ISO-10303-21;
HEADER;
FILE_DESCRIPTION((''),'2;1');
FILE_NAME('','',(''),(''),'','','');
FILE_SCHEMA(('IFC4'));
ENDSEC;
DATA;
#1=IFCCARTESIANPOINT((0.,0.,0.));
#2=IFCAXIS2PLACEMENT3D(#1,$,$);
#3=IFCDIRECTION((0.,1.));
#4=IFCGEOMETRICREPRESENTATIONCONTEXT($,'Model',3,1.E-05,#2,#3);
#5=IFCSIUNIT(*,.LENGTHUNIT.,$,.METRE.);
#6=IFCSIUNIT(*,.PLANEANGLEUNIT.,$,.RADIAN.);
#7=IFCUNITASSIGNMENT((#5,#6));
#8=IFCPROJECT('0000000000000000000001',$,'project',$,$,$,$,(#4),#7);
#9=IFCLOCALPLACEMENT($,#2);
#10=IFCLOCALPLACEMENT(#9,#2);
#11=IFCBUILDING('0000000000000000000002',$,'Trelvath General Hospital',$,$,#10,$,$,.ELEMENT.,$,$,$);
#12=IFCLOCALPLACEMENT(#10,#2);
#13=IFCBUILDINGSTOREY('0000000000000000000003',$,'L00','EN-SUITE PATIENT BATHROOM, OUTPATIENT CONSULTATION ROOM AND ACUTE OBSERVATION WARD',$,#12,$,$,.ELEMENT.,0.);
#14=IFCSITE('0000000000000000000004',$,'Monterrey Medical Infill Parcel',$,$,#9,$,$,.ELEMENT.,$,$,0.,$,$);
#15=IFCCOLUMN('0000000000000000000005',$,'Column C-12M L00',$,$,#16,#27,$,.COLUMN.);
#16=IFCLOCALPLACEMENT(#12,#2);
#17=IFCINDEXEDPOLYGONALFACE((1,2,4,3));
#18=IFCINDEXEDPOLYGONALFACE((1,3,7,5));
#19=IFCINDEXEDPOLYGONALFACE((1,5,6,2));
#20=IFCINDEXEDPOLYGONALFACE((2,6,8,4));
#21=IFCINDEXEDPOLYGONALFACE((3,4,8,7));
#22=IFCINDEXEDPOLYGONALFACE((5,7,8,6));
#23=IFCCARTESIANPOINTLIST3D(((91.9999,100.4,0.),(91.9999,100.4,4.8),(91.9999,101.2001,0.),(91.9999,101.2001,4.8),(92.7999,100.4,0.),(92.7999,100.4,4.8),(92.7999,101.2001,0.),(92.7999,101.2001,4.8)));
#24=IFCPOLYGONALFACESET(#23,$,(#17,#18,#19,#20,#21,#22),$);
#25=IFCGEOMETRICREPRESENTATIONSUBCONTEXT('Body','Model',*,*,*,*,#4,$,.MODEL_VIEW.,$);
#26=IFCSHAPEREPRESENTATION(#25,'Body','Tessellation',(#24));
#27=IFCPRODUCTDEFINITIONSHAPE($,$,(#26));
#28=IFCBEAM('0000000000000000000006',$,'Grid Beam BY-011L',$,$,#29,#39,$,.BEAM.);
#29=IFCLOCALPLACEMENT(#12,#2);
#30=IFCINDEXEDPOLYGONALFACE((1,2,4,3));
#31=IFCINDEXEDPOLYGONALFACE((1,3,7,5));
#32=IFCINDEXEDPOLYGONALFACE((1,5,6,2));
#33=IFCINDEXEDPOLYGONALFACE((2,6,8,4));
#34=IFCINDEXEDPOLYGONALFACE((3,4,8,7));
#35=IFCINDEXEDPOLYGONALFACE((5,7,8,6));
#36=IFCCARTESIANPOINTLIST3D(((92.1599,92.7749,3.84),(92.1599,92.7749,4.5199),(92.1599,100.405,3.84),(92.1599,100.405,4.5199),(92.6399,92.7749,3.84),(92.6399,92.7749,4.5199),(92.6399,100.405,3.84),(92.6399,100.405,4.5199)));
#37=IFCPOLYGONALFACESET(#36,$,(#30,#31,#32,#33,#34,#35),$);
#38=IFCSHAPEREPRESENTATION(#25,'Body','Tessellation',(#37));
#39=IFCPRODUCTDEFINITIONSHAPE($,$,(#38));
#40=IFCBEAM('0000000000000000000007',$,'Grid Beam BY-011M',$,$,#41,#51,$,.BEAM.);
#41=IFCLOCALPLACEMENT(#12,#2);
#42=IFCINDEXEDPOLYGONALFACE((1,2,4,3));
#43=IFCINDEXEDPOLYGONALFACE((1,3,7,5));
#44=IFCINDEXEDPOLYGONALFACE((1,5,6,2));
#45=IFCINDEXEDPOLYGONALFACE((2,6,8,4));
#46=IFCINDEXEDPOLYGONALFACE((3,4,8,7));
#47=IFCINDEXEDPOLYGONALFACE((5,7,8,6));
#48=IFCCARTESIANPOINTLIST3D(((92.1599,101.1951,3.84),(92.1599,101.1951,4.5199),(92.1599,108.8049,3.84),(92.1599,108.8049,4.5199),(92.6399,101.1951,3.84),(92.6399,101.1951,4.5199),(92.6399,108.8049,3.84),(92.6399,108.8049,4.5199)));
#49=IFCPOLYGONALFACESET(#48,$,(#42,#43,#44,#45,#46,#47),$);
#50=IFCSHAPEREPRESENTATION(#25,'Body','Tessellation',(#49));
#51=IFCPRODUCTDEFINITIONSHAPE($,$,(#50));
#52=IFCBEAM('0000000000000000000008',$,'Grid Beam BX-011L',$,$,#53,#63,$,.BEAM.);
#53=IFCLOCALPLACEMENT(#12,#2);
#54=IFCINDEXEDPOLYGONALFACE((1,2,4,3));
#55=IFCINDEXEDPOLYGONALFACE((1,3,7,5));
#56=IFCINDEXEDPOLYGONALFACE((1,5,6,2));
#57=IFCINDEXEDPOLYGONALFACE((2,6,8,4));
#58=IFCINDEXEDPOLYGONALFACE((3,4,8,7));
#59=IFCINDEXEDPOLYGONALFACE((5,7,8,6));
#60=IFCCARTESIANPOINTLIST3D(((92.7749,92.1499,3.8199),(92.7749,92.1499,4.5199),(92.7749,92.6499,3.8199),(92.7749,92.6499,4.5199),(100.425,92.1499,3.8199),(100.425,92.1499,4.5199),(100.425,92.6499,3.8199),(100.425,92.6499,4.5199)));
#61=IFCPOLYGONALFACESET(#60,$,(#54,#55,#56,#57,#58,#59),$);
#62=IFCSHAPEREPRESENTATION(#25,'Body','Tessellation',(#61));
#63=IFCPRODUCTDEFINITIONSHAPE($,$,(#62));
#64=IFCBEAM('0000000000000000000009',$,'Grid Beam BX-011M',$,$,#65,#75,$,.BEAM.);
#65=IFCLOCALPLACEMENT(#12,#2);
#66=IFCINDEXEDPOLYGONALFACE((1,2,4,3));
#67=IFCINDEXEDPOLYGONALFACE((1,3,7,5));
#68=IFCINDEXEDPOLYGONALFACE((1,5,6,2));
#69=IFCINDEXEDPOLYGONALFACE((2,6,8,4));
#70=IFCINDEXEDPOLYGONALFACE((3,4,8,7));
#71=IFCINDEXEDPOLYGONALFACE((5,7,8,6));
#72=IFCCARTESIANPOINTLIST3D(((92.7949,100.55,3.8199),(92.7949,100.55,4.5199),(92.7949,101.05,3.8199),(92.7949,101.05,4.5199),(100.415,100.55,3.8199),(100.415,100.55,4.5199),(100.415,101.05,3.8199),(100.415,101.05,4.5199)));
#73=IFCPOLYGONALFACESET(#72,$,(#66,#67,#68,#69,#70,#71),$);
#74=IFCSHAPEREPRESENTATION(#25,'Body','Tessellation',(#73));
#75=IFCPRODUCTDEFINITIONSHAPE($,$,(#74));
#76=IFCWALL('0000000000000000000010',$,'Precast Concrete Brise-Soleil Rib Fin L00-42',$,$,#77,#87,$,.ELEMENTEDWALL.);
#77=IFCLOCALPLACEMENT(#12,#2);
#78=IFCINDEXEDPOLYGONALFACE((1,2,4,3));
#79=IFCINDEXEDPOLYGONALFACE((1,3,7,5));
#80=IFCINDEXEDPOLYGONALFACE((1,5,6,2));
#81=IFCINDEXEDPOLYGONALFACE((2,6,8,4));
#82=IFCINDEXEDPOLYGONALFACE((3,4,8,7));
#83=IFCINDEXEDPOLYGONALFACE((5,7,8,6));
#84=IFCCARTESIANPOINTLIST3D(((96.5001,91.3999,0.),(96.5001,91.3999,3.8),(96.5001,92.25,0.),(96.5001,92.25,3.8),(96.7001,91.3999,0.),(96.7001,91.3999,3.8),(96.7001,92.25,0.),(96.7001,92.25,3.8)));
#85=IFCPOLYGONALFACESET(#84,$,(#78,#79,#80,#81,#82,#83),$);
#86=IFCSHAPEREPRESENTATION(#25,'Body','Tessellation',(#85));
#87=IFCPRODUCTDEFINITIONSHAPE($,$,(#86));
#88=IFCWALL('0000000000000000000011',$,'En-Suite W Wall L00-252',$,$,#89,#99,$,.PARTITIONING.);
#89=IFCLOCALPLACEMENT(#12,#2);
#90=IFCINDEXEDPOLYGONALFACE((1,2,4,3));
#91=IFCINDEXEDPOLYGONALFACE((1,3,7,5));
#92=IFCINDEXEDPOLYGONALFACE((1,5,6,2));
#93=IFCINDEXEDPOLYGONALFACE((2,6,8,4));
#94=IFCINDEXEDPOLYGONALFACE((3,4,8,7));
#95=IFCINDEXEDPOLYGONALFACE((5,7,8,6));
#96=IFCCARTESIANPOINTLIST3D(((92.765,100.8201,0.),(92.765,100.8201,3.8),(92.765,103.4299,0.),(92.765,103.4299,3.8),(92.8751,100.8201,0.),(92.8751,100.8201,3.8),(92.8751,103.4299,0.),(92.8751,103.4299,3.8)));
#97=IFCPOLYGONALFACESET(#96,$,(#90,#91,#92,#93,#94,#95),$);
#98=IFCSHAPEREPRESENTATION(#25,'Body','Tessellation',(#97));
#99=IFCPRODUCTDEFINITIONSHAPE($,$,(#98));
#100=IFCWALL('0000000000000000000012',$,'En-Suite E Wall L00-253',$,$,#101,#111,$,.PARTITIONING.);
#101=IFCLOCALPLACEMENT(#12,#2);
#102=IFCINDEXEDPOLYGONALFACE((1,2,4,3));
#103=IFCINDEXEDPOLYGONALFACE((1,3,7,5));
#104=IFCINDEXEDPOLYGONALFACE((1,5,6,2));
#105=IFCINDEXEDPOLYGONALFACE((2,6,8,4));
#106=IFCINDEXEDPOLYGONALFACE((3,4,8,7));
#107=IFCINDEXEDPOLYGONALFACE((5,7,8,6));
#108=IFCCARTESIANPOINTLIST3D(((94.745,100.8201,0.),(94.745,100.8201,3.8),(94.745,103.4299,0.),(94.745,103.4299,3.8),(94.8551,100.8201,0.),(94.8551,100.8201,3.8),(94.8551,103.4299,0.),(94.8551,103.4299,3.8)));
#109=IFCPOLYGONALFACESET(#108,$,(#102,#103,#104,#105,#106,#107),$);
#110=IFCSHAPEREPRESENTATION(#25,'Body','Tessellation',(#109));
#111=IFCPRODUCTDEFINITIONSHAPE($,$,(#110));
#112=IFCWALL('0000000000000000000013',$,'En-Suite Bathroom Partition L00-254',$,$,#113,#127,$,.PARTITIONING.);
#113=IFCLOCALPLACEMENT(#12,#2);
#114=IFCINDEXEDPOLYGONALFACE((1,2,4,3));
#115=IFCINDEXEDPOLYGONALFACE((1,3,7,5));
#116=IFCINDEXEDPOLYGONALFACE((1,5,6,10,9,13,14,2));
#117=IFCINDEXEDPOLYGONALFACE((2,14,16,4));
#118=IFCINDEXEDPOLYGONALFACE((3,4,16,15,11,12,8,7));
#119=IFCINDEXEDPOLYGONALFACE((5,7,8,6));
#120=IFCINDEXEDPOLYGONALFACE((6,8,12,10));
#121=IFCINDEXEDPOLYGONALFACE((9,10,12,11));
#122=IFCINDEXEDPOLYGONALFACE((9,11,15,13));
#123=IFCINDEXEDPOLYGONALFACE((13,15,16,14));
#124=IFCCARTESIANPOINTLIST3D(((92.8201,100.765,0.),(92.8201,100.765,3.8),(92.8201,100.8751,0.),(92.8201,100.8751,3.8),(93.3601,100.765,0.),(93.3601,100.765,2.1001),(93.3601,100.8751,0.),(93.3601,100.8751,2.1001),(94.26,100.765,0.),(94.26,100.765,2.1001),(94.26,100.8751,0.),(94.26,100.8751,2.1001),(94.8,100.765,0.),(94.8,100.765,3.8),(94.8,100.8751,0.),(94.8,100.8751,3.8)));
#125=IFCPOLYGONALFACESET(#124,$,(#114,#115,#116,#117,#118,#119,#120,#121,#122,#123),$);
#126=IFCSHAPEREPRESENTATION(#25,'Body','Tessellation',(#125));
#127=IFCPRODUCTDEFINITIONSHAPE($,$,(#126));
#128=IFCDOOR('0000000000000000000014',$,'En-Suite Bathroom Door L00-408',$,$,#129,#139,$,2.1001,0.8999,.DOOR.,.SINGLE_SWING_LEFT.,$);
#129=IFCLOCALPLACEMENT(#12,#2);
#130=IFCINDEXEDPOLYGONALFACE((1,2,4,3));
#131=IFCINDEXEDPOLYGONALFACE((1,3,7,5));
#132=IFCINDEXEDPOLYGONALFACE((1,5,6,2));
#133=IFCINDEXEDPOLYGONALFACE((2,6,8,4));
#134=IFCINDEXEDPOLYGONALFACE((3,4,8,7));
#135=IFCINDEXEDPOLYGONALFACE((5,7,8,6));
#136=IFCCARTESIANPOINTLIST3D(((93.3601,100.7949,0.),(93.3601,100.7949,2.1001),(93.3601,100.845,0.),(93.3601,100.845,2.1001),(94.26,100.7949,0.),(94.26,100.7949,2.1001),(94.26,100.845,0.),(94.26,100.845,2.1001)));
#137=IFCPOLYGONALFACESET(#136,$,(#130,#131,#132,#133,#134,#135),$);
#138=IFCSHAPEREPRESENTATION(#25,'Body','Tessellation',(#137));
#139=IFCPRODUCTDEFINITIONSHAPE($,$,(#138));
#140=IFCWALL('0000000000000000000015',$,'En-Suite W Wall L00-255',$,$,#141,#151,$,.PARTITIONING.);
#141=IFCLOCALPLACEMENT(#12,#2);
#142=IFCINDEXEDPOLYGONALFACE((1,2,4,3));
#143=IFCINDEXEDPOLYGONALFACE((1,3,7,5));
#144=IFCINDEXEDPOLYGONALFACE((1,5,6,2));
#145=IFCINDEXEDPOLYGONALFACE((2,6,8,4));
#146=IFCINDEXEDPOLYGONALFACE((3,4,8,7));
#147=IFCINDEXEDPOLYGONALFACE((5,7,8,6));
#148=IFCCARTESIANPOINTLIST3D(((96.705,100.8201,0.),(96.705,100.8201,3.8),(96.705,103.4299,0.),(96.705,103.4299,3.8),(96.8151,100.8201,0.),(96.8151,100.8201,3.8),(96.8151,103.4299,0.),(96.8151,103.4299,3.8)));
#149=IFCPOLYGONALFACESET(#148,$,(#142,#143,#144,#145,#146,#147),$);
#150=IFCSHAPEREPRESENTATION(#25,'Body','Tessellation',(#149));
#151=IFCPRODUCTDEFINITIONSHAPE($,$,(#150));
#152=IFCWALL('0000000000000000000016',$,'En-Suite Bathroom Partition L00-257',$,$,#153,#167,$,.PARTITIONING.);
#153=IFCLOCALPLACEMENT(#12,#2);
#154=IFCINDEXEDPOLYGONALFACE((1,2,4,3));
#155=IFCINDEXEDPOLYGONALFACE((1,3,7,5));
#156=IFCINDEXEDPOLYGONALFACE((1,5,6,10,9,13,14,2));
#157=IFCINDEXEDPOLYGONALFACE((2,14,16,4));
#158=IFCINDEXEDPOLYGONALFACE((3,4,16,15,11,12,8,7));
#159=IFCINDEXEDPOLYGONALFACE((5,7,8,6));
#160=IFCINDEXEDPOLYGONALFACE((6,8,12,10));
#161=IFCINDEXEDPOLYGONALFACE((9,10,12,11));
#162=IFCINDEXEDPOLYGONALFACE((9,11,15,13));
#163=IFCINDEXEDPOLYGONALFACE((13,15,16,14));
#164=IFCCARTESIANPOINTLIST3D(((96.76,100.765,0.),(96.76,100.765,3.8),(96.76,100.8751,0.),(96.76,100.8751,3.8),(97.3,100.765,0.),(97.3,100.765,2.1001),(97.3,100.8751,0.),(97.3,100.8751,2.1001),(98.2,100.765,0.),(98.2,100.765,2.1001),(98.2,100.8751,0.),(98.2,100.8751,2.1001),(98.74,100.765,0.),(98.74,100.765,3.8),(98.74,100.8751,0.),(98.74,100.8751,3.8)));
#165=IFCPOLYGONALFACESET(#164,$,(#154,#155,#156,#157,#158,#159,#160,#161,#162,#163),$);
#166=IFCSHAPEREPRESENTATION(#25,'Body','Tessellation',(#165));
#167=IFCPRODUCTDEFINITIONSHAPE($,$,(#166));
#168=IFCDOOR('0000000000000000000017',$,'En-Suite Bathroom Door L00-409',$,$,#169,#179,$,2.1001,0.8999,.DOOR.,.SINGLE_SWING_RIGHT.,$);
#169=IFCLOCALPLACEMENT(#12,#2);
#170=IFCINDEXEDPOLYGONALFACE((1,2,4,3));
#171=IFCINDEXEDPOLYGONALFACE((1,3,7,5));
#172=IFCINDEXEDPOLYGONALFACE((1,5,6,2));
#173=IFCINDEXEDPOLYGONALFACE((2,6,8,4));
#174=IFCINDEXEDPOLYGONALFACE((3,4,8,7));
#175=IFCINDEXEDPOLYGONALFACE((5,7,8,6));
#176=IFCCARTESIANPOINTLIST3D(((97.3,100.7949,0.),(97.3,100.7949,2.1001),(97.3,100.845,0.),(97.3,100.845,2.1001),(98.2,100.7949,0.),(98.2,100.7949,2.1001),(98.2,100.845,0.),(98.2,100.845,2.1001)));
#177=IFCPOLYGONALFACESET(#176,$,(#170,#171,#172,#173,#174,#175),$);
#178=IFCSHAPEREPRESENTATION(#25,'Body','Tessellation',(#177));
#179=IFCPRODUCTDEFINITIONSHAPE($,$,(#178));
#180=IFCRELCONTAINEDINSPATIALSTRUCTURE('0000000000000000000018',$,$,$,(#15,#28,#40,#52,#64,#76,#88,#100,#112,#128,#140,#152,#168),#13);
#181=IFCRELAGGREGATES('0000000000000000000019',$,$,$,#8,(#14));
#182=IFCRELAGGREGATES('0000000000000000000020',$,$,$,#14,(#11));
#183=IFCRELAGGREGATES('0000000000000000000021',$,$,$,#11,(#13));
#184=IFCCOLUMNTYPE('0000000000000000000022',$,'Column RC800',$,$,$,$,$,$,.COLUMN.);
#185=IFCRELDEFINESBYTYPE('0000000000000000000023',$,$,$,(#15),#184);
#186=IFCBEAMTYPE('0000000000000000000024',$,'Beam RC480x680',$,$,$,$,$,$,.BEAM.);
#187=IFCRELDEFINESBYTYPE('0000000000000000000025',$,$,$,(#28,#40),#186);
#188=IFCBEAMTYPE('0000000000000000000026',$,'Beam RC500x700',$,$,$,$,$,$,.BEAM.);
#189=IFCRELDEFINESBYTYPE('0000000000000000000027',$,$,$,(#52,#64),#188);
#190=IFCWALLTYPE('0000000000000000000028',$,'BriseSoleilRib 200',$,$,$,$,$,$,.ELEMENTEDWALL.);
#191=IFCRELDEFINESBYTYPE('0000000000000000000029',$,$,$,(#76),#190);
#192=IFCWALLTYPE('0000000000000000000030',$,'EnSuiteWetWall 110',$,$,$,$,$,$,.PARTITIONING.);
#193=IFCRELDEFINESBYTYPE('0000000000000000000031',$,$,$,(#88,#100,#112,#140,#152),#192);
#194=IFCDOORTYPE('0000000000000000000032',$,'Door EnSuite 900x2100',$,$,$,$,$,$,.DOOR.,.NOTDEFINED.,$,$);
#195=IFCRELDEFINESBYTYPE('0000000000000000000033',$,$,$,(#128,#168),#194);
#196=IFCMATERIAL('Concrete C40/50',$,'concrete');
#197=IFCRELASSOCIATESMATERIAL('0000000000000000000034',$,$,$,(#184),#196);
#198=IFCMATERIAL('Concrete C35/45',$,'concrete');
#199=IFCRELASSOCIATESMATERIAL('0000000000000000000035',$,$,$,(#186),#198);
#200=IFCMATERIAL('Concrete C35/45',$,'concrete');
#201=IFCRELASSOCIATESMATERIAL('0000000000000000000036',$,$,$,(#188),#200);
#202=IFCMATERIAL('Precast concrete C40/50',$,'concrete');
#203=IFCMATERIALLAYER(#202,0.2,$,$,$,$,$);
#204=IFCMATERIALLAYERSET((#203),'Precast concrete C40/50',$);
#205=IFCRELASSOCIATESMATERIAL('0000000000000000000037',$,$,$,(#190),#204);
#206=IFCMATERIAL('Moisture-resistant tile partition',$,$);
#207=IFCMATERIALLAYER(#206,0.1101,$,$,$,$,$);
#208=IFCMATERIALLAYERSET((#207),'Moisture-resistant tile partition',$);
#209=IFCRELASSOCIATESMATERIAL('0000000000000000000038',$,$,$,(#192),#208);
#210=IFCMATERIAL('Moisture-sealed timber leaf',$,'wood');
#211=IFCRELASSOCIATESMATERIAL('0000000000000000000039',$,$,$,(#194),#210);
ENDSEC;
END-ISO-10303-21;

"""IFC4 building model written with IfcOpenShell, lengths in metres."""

from ifc_helpers import new_model, si_unit, direction, frame, frame_2d, origin, origin_2d, place, context, subcontext, project, spatial, rectangle, extrude, material, layer, layer_set, material_profile, profile_set, type_object, element, fill, save


model = new_model("IFC4")

# Units and contexts
model_context = context("Model", 3, precision=1e-05, world=origin(), true_north=direction((0.0, 1.0)))
body_context = subcontext(model_context, "Body", "Model", "MODEL_VIEW")
ifc_project = project(units=[si_unit("LENGTHUNIT", "METRE"), si_unit("PLANEANGLEUNIT", "RADIAN")], contexts=[model_context])

# Site, building, storey
site_placement = place(None, origin())
site = spatial("IfcSite", under=ifc_project, at=site_placement, Name="Monterrey Medical Infill Parcel", CompositionType="ELEMENT", RefElevation=0.0)
building_placement = place(site_placement, origin())
building = spatial("IfcBuilding", under=site, at=building_placement, Name="Trelvath General Hospital", CompositionType="ELEMENT")
storey_placement = place(building_placement, origin())
storey = spatial("IfcBuildingStorey", under=building, at=storey_placement, Name="L00", Description="EN-SUITE PATIENT BATHROOM, OUTPATIENT CONSULTATION ROOM AND ACUTE OBSERVATION WARD", CompositionType="ELEMENT", Elevation=0.0)

# Column
ifc_material_1 = material(Name="Concrete C40/50", Category="concrete")
ifc_material_profile_1 = material_profile(ifc_material_1, rectangle(XDim=0.8, YDim=0.8, at=origin_2d()), Name="RC800x800")
ifc_profile_set_1 = profile_set([ifc_material_profile_1], Name="Concrete C40/50")
column_type = type_object("IfcColumnType", Name="Column RC800", PredefinedType="COLUMN", material=ifc_profile_set_1)
column_placement = place(storey_placement, frame((92.3999, 100.8, 0.0), z_axis=(0.0, 0.0, 1.0), x_axis=(1.0, 0.0, 0.0)))
element("IfcColumn", 1, at=column_placement, inside=storey, type_object=column_type, Name="Column C-12M L00", PredefinedType="COLUMN", context=body_context, shape_type="SweptSolid", body=[
    extrude(rectangle(XDim=0.8, YDim=0.8, at=origin_2d()), origin(), (0.0, 0.0, 1.0), 4.8),
])

# Beams
ifc_material_2 = material(Name="Concrete C35/45", Category="concrete")
ifc_material_profile_2 = material_profile(ifc_material_2, rectangle(XDim=0.48, YDim=0.6799, at=origin_2d()), Name="RCB480x680")
ifc_profile_set_2 = profile_set([ifc_material_profile_2], Name="Concrete C35/45")
beam_type_1 = type_object("IfcBeamType", Name="Beam RC480x680", PredefinedType="BEAM", material=ifc_profile_set_2)
beam_1_placement = place(storey_placement, frame((92.3999, 92.7749, 4.1799), z_axis=(0.0, 1.0, 0.0), x_axis=(-1.0, 0.0, 0.0)))
element("IfcBeam", 2, at=beam_1_placement, inside=storey, type_object=beam_type_1, Name="Grid Beam BY-011L", PredefinedType="BEAM", context=body_context, shape_type="SweptSolid", body=[
    extrude(rectangle(XDim=0.48, YDim=0.6799, at=origin_2d()), origin(), (0.0, 0.0, 1.0), 7.6301),
])
beam_2_placement = place(storey_placement, frame((92.3999, 101.1951, 4.1799), z_axis=(0.0, 1.0, 0.0), x_axis=(-1.0, 0.0, 0.0)))
element("IfcBeam", 3, at=beam_2_placement, inside=storey, type_object=beam_type_1, Name="Grid Beam BY-011M", PredefinedType="BEAM", context=body_context, shape_type="SweptSolid", body=[
    extrude(rectangle(XDim=0.48, YDim=0.6799, at=origin_2d()), origin(), (0.0, 0.0, 1.0), 7.6099),
])
ifc_material_3 = material(Name="Concrete C35/45", Category="concrete")
ifc_material_profile_3 = material_profile(ifc_material_3, rectangle(XDim=0.5, YDim=0.7, at=origin_2d()), Name="RCB500x700")
ifc_profile_set_3 = profile_set([ifc_material_profile_3], Name="Concrete C35/45")
beam_type_2 = type_object("IfcBeamType", Name="Beam RC500x700", PredefinedType="BEAM", material=ifc_profile_set_3)
beam_3_placement = place(storey_placement, frame((92.7749, 92.3999, 4.1699), z_axis=(1.0, 0.0, 0.0), x_axis=(0.0, 1.0, 0.0)))
element("IfcBeam", 4, at=beam_3_placement, inside=storey, type_object=beam_type_2, Name="Grid Beam BX-011L", PredefinedType="BEAM", context=body_context, shape_type="SweptSolid", body=[
    extrude(rectangle(XDim=0.5, YDim=0.7, at=origin_2d()), origin(), (0.0, 0.0, 1.0), 7.6501),
])
beam_4_placement = place(storey_placement, frame((92.7949, 100.8, 4.1699), z_axis=(1.0, 0.0, 0.0), x_axis=(0.0, 1.0, 0.0)))
element("IfcBeam", 5, at=beam_4_placement, inside=storey, type_object=beam_type_2, Name="Grid Beam BX-011M", PredefinedType="BEAM", context=body_context, shape_type="SweptSolid", body=[
    extrude(rectangle(XDim=0.5, YDim=0.7, at=origin_2d()), origin(), (0.0, 0.0, 1.0), 7.6201),
])

# Walls
ifc_material_4 = material(Name="Precast concrete C40/50", Category="concrete")
ifc_layer_1 = layer(ifc_material_4, 0.2)
ifc_layer_set_1 = layer_set([ifc_layer_1], Name="Precast concrete C40/50")
wall_type_1 = type_object("IfcWallType", Name="BriseSoleilRib 200", PredefinedType="ELEMENTEDWALL", material=ifc_layer_set_1)
wall_1_placement = place(storey_placement, frame((96.6001, 92.25, 0.0), z_axis=(0.0, 0.0, 1.0), x_axis=(0.0, -1.0, 0.0)))
element("IfcWall", 6, at=wall_1_placement, inside=storey, type_object=wall_type_1, Name="Precast Concrete Brise-Soleil Rib Fin L00-42", PredefinedType="ELEMENTEDWALL", context=body_context, shape_type="SweptSolid", body=[
    extrude(rectangle(XDim=0.8501, YDim=0.2, at=frame_2d((0.425, 0.0))), origin(), (0.0, 0.0, 1.0), 3.8),
])
ifc_material_5 = material(Name="Moisture-resistant tile partition")
ifc_layer_2 = layer(ifc_material_5, 0.1101)
ifc_layer_set_2 = layer_set([ifc_layer_2], Name="Moisture-resistant tile partition")
wall_type_2 = type_object("IfcWallType", Name="EnSuiteWetWall 110", PredefinedType="PARTITIONING", material=ifc_layer_set_2)
for number, where, z_axis, x_axis, name in (
    (7, (92.8201, 100.8201, 0.0), (0.0, 0.0, 1.0), (0.0, 1.0, 0.0), "En-Suite W Wall L00-252"),
    (8, (94.8, 100.8201, 0.0), (0.0, 0.0, 1.0), (0.0, 1.0, 0.0), "En-Suite E Wall L00-253"),
):
    element("IfcWall", number, at=place(storey_placement, frame(where, z_axis=z_axis, x_axis=x_axis)), inside=storey, type_object=wall_type_2, Name=name, PredefinedType="PARTITIONING", context=body_context, shape_type="SweptSolid", body=[
        extrude(rectangle(XDim=2.6099, YDim=0.1101, at=frame_2d((1.3049, 0.0))), origin(), (0.0, 0.0, 1.0), 3.8),
    ])

# Wall, opening, door
wall_2_placement = place(storey_placement, frame((92.8201, 100.8201, 0.0), z_axis=(0.0, 0.0, 1.0), x_axis=(1.0, 0.0, 0.0)))
wall_2 = element("IfcWall", 9, at=wall_2_placement, inside=storey, type_object=wall_type_2, Name="En-Suite Bathroom Partition L00-254", PredefinedType="PARTITIONING", context=body_context, shape_type="SweptSolid", body=[
    extrude(rectangle(XDim=1.98, YDim=0.1101, at=frame_2d((0.99, 0.0))), origin(), (0.0, 0.0, 1.0), 3.8),
])
opening_1_placement = place(wall_2_placement, frame((0.54, 0.0, 0.0)))
opening_1 = element("IfcOpeningElement", 10, at=opening_1_placement, cuts=wall_2, PredefinedType="OPENING", context=body_context, shape_type="SweptSolid", body=[
    extrude(rectangle(XDim=0.8999, YDim=2.1001, at=frame_2d((0.45, 1.05))), frame((0.0, 0.0649, 0.0), z_axis=(0.0, -1.0, 0.0), x_axis=(1.0, 0.0, 0.0)), (0.0, 0.0, 1.0), 0.1301),
])
ifc_material_6 = material(Name="Moisture-sealed timber leaf", Category="wood")
door_type = type_object("IfcDoorType", Name="Door EnSuite 900x2100", OperationType="NOTDEFINED", PredefinedType="DOOR", material=ifc_material_6)
door_1_placement = place(opening_1_placement, origin())
door_1 = element("IfcDoor", 11, at=door_1_placement, inside=storey, type_object=door_type, Name="En-Suite Bathroom Door L00-408", OperationType="SINGLE_SWING_LEFT", OverallHeight=2.1001, OverallWidth=0.8999, PredefinedType="DOOR", context=body_context, shape_type="SweptSolid", body=[
    extrude(rectangle(XDim=0.8999, YDim=2.1001, at=frame_2d((0.45, 1.05))), frame((0.0, 0.0249, 0.0), z_axis=(0.0, -1.0, 0.0), x_axis=(1.0, 0.0, 0.0)), (0.0, 0.0, 1.0), 0.05),
])
fill(opening_1, door_1)

# Wall
wall_3_placement = place(storey_placement, frame((96.76, 100.8201, 0.0), z_axis=(0.0, 0.0, 1.0), x_axis=(0.0, 1.0, 0.0)))
element("IfcWall", 12, at=wall_3_placement, inside=storey, type_object=wall_type_2, Name="En-Suite W Wall L00-255", PredefinedType="PARTITIONING", context=body_context, shape_type="SweptSolid", body=[
    extrude(rectangle(XDim=2.6099, YDim=0.1101, at=frame_2d((1.3049, 0.0))), origin(), (0.0, 0.0, 1.0), 3.8),
])

# Wall, opening, door
wall_4_placement = place(storey_placement, frame((96.76, 100.8201, 0.0), z_axis=(0.0, 0.0, 1.0), x_axis=(1.0, 0.0, 0.0)))
wall_4 = element("IfcWall", 13, at=wall_4_placement, inside=storey, type_object=wall_type_2, Name="En-Suite Bathroom Partition L00-257", PredefinedType="PARTITIONING", context=body_context, shape_type="SweptSolid", body=[
    extrude(rectangle(XDim=1.98, YDim=0.1101, at=frame_2d((0.99, 0.0))), origin(), (0.0, 0.0, 1.0), 3.8),
])
opening_2_placement = place(wall_4_placement, frame((0.54, 0.0, 0.0)))
opening_2 = element("IfcOpeningElement", 14, at=opening_2_placement, cuts=wall_4, PredefinedType="OPENING", context=body_context, shape_type="SweptSolid", body=[
    extrude(rectangle(XDim=0.8999, YDim=2.1001, at=frame_2d((0.45, 1.05))), frame((0.0, 0.0649, 0.0), z_axis=(0.0, -1.0, 0.0), x_axis=(1.0, 0.0, 0.0)), (0.0, 0.0, 1.0), 0.1301),
])
door_2_placement = place(opening_2_placement, origin())
door_2 = element("IfcDoor", 15, at=door_2_placement, inside=storey, type_object=door_type, Name="En-Suite Bathroom Door L00-409", OperationType="SINGLE_SWING_RIGHT", OverallHeight=2.1001, OverallWidth=0.8999, PredefinedType="DOOR", context=body_context, shape_type="SweptSolid", body=[
    extrude(rectangle(XDim=0.8999, YDim=2.1001, at=frame_2d((0.45, 1.05))), frame((0.0, 0.0249, 0.0), z_axis=(0.0, -1.0, 0.0), x_axis=(1.0, 0.0, 0.0)), (0.0, 0.0, 1.0), 0.05),
])
fill(opening_2, door_2)

save(model, "model.ifc")
